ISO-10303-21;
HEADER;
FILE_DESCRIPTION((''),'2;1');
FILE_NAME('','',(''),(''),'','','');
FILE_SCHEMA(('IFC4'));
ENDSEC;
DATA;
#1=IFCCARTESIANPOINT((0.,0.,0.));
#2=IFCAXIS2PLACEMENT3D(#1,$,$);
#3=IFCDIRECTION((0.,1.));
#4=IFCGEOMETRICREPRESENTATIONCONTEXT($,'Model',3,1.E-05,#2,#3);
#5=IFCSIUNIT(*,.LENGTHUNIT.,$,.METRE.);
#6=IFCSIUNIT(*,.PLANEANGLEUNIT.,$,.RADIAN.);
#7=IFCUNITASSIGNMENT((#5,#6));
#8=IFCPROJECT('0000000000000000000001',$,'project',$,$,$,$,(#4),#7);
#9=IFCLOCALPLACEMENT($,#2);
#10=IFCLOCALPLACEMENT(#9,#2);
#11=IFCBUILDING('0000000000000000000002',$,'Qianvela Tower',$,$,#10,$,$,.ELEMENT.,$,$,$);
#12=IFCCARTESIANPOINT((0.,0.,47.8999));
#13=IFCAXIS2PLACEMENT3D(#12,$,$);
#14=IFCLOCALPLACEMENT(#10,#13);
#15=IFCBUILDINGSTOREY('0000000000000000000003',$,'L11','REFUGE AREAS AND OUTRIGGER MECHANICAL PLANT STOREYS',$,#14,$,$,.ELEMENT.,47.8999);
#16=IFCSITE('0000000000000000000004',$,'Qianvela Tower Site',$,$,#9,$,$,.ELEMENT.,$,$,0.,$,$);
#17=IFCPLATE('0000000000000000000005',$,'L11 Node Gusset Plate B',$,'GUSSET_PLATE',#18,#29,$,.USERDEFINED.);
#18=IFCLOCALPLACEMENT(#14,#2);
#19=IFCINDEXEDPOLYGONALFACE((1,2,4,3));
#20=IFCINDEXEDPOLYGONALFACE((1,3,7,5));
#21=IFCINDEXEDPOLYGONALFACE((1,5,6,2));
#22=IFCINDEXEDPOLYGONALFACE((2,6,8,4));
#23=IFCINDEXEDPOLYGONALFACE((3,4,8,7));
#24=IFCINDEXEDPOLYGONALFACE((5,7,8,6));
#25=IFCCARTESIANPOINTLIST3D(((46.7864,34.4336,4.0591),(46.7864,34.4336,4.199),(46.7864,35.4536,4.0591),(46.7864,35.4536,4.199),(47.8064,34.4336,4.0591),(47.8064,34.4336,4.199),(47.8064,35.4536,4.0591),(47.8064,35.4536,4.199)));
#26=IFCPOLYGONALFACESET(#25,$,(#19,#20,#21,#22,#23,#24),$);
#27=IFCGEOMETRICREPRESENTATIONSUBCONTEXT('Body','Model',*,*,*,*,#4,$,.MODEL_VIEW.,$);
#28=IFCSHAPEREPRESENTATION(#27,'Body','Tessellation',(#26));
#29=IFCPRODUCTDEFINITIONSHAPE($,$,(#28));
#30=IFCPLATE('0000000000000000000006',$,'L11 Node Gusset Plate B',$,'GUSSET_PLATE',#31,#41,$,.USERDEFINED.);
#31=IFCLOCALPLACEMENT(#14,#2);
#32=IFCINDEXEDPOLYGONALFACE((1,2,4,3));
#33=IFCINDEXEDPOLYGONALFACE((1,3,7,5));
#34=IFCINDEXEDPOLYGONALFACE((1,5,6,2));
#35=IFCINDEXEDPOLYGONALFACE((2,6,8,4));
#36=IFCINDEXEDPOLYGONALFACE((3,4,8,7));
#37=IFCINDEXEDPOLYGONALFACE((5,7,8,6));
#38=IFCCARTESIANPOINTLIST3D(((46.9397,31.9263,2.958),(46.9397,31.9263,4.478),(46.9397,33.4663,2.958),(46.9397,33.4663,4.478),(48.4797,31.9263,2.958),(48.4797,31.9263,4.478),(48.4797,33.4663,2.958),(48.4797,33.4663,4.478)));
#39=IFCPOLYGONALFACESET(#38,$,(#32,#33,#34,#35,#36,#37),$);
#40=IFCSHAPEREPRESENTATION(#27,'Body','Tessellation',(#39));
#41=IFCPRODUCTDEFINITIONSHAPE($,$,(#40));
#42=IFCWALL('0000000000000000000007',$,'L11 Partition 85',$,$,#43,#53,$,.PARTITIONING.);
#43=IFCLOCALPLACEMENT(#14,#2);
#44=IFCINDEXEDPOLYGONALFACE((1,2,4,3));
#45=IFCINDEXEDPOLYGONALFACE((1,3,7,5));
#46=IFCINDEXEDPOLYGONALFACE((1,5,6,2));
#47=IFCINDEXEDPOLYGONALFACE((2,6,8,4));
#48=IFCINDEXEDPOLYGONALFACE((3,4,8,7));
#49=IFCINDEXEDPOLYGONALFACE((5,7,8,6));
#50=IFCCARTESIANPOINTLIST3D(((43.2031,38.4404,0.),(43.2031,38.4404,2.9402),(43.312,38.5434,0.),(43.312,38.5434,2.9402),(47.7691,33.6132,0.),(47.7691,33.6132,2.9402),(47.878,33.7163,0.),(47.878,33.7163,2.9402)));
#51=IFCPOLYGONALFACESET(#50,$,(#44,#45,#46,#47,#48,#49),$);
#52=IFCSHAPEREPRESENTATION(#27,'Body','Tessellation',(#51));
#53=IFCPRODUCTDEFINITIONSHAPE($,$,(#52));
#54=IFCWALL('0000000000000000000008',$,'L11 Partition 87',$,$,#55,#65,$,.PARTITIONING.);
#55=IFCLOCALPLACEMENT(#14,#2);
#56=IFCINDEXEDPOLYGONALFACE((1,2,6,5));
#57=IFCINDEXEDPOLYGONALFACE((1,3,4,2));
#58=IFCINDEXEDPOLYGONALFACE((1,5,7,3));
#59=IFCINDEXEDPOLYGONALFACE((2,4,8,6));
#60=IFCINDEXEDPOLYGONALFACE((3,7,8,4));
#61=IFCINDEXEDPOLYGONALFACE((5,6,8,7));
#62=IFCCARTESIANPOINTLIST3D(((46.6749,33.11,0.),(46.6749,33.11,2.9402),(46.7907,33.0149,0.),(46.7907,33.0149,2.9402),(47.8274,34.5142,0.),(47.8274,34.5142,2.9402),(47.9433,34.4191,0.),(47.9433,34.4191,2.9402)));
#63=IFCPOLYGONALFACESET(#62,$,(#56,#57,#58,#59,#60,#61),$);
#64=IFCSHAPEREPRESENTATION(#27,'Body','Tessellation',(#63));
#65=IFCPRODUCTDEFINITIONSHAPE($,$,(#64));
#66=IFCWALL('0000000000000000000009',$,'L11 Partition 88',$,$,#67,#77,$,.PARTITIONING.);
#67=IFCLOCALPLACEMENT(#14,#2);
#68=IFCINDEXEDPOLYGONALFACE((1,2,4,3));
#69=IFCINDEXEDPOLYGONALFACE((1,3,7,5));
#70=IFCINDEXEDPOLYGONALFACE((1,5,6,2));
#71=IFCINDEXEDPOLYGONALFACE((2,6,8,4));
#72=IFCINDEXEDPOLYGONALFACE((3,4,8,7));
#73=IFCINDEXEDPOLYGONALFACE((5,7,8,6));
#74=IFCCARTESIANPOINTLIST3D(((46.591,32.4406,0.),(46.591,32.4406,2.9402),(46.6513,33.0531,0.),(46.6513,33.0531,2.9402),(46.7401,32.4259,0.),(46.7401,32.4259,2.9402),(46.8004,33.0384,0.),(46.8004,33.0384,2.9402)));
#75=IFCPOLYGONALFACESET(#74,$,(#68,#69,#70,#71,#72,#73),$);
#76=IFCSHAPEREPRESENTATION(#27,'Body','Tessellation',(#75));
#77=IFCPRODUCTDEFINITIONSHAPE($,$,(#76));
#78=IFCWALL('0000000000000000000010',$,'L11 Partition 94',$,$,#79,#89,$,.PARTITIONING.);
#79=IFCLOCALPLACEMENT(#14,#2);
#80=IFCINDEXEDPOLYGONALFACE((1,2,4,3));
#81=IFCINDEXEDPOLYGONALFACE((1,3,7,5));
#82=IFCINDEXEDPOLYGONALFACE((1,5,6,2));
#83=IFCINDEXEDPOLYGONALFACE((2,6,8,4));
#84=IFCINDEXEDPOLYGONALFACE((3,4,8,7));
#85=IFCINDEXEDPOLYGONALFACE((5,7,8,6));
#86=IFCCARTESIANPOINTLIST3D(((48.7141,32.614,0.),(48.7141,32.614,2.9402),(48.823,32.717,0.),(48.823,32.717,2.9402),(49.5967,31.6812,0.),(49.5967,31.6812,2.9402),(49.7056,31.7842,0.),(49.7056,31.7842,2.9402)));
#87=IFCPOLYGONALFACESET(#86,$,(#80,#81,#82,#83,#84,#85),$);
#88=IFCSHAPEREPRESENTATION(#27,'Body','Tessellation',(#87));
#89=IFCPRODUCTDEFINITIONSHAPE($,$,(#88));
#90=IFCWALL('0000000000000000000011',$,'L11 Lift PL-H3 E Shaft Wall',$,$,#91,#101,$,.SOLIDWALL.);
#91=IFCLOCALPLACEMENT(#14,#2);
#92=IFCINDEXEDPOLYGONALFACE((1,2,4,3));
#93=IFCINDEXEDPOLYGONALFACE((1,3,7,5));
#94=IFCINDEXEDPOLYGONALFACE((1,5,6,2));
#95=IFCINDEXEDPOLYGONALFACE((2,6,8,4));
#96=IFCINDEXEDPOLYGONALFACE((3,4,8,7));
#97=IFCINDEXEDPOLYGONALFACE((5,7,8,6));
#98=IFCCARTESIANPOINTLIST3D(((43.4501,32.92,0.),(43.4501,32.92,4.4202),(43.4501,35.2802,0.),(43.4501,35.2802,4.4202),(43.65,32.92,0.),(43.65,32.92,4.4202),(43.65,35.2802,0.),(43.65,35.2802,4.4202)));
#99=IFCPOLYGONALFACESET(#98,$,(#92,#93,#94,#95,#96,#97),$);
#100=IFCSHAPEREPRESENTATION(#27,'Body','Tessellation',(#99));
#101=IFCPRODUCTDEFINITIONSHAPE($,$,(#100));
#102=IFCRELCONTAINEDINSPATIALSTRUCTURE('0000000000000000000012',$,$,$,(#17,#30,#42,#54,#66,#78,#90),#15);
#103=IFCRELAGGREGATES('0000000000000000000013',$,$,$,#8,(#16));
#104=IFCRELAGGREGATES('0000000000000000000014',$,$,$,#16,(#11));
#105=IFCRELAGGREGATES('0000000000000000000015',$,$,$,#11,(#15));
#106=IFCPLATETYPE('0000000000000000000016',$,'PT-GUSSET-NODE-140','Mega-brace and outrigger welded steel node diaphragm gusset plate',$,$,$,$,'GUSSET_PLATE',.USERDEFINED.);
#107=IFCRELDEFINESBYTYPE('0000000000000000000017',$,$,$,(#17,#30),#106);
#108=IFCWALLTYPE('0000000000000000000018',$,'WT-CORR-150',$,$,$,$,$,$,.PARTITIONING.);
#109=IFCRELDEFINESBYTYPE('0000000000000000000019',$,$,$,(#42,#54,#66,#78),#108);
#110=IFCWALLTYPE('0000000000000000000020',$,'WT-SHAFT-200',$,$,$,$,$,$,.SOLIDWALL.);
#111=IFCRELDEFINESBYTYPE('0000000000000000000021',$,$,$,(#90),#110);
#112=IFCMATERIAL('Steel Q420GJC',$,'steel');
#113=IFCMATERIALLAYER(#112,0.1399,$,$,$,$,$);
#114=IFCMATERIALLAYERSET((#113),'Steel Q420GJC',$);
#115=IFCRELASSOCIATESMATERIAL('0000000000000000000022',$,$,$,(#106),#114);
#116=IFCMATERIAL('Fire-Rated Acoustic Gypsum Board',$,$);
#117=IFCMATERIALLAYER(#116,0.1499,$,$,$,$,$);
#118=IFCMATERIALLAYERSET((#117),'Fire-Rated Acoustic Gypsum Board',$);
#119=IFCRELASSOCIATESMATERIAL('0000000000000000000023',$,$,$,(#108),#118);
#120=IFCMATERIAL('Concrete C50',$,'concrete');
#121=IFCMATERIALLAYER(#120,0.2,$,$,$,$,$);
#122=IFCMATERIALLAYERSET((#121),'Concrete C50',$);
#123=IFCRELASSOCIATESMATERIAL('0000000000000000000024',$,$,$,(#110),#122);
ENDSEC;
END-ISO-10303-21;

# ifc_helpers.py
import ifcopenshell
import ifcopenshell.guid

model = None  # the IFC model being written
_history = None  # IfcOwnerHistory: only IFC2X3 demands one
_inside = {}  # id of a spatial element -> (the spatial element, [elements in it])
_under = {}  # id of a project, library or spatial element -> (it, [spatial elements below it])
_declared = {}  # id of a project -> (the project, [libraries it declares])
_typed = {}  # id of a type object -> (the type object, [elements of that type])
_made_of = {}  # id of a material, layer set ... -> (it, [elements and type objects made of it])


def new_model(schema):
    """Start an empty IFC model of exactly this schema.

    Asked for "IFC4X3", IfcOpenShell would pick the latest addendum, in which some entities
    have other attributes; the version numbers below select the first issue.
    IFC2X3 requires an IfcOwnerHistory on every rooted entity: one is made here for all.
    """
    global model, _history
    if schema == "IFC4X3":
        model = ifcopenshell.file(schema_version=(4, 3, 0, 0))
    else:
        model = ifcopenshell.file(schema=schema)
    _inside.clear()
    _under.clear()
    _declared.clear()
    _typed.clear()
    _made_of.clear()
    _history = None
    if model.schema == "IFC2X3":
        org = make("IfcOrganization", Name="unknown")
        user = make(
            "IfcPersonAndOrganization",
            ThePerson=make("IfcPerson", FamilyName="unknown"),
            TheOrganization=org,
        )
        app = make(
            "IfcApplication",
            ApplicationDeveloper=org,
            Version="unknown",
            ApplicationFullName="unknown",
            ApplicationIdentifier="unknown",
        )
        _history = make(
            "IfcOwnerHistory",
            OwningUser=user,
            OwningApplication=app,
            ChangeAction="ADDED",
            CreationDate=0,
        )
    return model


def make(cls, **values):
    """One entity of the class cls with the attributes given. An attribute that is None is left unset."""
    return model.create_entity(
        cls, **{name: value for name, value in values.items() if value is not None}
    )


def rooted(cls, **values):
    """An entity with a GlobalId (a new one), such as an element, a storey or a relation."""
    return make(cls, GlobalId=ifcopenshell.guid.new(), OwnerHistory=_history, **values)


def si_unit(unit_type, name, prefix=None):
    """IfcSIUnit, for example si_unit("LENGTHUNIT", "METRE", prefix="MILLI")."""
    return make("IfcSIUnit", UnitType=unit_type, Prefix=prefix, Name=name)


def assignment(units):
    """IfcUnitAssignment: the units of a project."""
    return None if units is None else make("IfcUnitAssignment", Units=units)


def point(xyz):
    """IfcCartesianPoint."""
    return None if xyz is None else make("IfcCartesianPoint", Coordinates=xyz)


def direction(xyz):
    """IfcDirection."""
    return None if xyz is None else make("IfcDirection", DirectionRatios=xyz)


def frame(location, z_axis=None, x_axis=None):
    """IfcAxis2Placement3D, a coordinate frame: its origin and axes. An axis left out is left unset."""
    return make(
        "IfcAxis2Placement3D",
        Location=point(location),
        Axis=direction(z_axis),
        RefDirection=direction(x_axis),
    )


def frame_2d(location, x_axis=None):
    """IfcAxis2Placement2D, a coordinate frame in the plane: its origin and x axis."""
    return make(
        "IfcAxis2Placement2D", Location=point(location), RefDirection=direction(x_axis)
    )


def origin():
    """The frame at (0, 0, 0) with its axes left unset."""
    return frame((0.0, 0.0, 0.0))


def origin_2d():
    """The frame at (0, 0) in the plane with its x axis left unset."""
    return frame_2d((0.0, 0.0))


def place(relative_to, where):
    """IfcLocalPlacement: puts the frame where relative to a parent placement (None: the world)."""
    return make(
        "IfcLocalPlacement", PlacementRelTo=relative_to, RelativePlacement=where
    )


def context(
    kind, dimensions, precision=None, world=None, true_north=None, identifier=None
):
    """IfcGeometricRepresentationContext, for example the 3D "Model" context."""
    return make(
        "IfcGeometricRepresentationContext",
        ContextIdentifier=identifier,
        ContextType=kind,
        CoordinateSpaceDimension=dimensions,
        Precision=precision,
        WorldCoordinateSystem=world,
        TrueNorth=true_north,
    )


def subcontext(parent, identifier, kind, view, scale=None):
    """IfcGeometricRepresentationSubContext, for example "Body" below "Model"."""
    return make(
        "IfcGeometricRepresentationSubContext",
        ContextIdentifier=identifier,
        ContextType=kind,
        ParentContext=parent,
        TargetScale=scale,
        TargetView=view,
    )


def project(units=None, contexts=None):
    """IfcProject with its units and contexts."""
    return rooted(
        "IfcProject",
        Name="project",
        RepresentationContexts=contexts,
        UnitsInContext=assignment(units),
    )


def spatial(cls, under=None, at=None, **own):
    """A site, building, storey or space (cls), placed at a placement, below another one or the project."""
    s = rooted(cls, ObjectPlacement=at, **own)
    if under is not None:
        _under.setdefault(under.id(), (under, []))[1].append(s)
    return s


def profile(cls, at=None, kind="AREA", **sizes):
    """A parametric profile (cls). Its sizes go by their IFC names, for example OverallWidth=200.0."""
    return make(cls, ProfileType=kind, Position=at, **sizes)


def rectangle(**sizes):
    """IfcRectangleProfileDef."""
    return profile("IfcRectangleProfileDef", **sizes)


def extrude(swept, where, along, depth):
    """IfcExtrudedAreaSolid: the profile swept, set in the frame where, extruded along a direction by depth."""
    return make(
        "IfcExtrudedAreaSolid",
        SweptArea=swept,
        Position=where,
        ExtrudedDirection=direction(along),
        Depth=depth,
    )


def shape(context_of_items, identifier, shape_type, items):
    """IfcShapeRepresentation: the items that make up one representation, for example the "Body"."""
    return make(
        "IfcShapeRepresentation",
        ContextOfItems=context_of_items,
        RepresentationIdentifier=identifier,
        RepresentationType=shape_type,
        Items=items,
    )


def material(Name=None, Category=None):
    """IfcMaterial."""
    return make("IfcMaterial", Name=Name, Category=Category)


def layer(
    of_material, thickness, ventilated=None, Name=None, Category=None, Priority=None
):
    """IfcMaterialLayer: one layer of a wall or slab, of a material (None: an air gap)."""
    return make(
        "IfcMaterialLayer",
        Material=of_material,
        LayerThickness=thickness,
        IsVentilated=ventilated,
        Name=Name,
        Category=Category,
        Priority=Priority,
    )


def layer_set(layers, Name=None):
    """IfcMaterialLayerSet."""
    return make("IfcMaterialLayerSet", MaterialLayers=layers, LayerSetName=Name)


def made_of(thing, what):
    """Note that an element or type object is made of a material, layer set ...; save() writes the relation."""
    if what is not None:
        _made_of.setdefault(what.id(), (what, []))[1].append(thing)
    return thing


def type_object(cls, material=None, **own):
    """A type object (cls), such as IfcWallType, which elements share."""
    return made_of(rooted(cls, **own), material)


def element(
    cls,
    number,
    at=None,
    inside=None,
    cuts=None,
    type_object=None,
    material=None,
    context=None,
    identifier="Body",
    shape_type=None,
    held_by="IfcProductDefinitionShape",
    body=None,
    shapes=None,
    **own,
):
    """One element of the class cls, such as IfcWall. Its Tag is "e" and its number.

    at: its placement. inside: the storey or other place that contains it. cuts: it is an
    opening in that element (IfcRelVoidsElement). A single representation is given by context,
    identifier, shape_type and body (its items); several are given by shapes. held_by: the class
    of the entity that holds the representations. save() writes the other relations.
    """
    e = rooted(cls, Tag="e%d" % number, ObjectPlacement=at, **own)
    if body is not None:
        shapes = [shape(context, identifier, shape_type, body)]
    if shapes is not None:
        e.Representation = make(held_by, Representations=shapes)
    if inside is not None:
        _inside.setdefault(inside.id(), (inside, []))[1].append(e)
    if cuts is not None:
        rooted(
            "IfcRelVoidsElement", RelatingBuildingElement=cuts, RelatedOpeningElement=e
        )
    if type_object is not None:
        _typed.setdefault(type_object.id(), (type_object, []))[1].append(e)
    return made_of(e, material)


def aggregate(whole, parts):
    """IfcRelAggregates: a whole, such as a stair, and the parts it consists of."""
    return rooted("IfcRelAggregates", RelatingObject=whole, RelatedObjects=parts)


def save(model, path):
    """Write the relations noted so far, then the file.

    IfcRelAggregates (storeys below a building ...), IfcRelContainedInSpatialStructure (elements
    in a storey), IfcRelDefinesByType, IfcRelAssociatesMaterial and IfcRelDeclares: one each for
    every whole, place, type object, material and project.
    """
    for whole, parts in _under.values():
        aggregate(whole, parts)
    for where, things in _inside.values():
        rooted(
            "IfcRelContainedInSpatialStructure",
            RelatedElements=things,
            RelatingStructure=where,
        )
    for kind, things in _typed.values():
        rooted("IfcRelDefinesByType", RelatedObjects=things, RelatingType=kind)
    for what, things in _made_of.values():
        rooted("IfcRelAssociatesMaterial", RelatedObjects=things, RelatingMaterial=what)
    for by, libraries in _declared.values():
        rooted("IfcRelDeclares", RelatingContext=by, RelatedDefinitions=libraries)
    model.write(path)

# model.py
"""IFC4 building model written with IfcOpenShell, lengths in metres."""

from ifc_helpers import new_model, si_unit, direction, frame, frame_2d, origin, origin_2d, place, context, subcontext, project, spatial, rectangle, extrude, material, layer, layer_set, type_object, element, save


model = new_model("IFC4")

# Units and contexts
model_context = context("Model", 3, precision=1e-05, world=origin(), true_north=direction((0.0, 1.0)))
body_context = subcontext(model_context, "Body", "Model", "MODEL_VIEW")
ifc_project = project(units=[si_unit("LENGTHUNIT", "METRE"), si_unit("PLANEANGLEUNIT", "RADIAN")], contexts=[model_context])

# Site, building, storey
site_placement = place(None, origin())
site = spatial("IfcSite", under=ifc_project, at=site_placement, Name="Qianvela Tower Site", CompositionType="ELEMENT", RefElevation=0.0)
building_placement = place(site_placement, origin())
building = spatial("IfcBuilding", under=site, at=building_placement, Name="Qianvela Tower", CompositionType="ELEMENT")
storey_placement = place(building_placement, frame((0.0, 0.0, 47.8999)))
storey = spatial("IfcBuildingStorey", under=building, at=storey_placement, Name="L11", Description="REFUGE AREAS AND OUTRIGGER MECHANICAL PLANT STOREYS", CompositionType="ELEMENT", Elevation=47.8999)

# Plates
ifc_material_1 = material(Name="Steel Q420GJC", Category="steel")
ifc_layer_1 = layer(ifc_material_1, 0.1399)
ifc_layer_set_1 = layer_set([ifc_layer_1], Name="Steel Q420GJC")
plate_type_1 = type_object("IfcPlateType", Name="PT-GUSSET-NODE-140", Description="Mega-brace and outrigger welded steel node diaphragm gusset plate", ElementType="GUSSET_PLATE", PredefinedType="USERDEFINED", material=ifc_layer_set_1)
for number, where, z_axis, x_axis, name in (
    (1, (47.2964, 34.9436, 4.0591), (0.0, 0.0, 1.0), (1.0, 0.0, 0.0), "L11 Node Gusset Plate B"),
):
    element("IfcPlate", number, at=place(storey_placement, frame(where, z_axis=z_axis, x_axis=x_axis)), inside=storey, type_object=plate_type_1, Name=name, ObjectType="GUSSET_PLATE", PredefinedType="USERDEFINED", context=body_context, shape_type="SweptSolid", body=[
        extrude(rectangle(XDim=1.02, YDim=1.02, at=origin_2d()), origin(), (0.0, 0.0, 1.0), 0.1399),
    ])
plate_1_placement = place(storey_placement, frame((47.7097, 32.6963, 2.958), z_axis=(0.0, 0.0, 1.0), x_axis=(1.0, 0.0, 0.0)))
element("IfcPlate", 2, at=plate_1_placement, inside=storey, type_object=plate_type_1, Name="L11 Node Gusset Plate B", ObjectType="GUSSET_PLATE", PredefinedType="USERDEFINED", context=body_context, shape_type="SweptSolid", body=[
    extrude(rectangle(XDim=1.54, YDim=1.54, at=origin_2d()), origin(), (0.0, 0.0, 1.0), 1.52),
])

# Shared definitions
ifc_material_2 = material(Name="Fire-Rated Acoustic Gypsum Board")
ifc_layer_2 = layer(ifc_material_2, 0.1499)
ifc_layer_set_2 = layer_set([ifc_layer_2], Name="Fire-Rated Acoustic Gypsum Board")
wall_type_1 = type_object("IfcWallType", Name="WT-CORR-150", PredefinedType="PARTITIONING", material=ifc_layer_set_2)

# Walls
wall_1_placement = place(storey_placement, frame((43.2576, 38.4919, 0.0), z_axis=(0.0, 0.0, 1.0), x_axis=(0.687176, -0.726491, 0.0)))
element("IfcWall", 3, at=wall_1_placement, inside=storey, type_object=wall_type_1, Name="L11 Partition 85", PredefinedType="PARTITIONING", context=body_context, shape_type="SweptSolid", body=[
    extrude(rectangle(XDim=6.6445, YDim=0.1499, at=frame_2d((3.3223, 0.0))), origin(), (0.0, 0.0, 1.0), 2.9402),
])
wall_2_placement = place(storey_placement, frame((47.8853, 34.4666, 0.0), z_axis=(0.0, 0.0, 1.0), x_axis=(-0.63443, -0.77298, 0.0)))
element("IfcWall", 4, at=wall_2_placement, inside=storey, type_object=wall_type_1, Name="L11 Partition 87", PredefinedType="PARTITIONING", context=body_context, shape_type="SweptSolid", body=[
    extrude(rectangle(XDim=1.8167, YDim=0.1499, at=frame_2d((0.9082, 0.0))), origin(), (0.0, 0.0, 1.0), 2.9402),
])
wall_3_placement = place(storey_placement, frame((46.7258, 33.0457, 0.0), z_axis=(0.0, 0.0, 1.0), x_axis=(-0.097972, -0.995189, 0.0)))
element("IfcWall", 5, at=wall_3_placement, inside=storey, type_object=wall_type_1, Name="L11 Partition 88", PredefinedType="PARTITIONING", context=body_context, shape_type="SweptSolid", body=[
    extrude(rectangle(XDim=0.6155, YDim=0.1499, at=frame_2d((0.3076, 0.0))), origin(), (0.0, 0.0, 1.0), 2.9402),
])
wall_4_placement = place(storey_placement, frame((48.7686, 32.6655, 0.0), z_axis=(0.0, 0.0, 1.0), x_axis=(0.687254, -0.726417, 0.0)))
element("IfcWall", 6, at=wall_4_placement, inside=storey, type_object=wall_type_1, Name="L11 Partition 94", PredefinedType="PARTITIONING", context=body_context, shape_type="SweptSolid", body=[
    extrude(rectangle(XDim=1.2842, YDim=0.1499, at=frame_2d((0.6421, 0.0))), origin(), (0.0, 0.0, 1.0), 2.9402),
])
ifc_material_3 = material(Name="Concrete C50", Category="concrete")
ifc_layer_3 = layer(ifc_material_3, 0.2)
ifc_layer_set_3 = layer_set([ifc_layer_3], Name="Concrete C50")
wall_type_2 = type_object("IfcWallType", Name="WT-SHAFT-200", PredefinedType="SOLIDWALL", material=ifc_layer_set_3)
wall_5_placement = place(storey_placement, frame((43.55, 32.9199, 0.0), z_axis=(0.0, 0.0, 1.0), x_axis=(0.0, 1.0, 0.0)))
element("IfcWall", 7, at=wall_5_placement, inside=storey, type_object=wall_type_2, Name="L11 Lift PL-H3 E Shaft Wall", PredefinedType="SOLIDWALL", context=body_context, shape_type="SweptSolid", body=[
    extrude(rectangle(XDim=2.3601, YDim=0.2, at=frame_2d((1.1802, 0.0))), origin(), (0.0, 0.0, 1.0), 4.4202),
])

save(model, "model.ifc")
